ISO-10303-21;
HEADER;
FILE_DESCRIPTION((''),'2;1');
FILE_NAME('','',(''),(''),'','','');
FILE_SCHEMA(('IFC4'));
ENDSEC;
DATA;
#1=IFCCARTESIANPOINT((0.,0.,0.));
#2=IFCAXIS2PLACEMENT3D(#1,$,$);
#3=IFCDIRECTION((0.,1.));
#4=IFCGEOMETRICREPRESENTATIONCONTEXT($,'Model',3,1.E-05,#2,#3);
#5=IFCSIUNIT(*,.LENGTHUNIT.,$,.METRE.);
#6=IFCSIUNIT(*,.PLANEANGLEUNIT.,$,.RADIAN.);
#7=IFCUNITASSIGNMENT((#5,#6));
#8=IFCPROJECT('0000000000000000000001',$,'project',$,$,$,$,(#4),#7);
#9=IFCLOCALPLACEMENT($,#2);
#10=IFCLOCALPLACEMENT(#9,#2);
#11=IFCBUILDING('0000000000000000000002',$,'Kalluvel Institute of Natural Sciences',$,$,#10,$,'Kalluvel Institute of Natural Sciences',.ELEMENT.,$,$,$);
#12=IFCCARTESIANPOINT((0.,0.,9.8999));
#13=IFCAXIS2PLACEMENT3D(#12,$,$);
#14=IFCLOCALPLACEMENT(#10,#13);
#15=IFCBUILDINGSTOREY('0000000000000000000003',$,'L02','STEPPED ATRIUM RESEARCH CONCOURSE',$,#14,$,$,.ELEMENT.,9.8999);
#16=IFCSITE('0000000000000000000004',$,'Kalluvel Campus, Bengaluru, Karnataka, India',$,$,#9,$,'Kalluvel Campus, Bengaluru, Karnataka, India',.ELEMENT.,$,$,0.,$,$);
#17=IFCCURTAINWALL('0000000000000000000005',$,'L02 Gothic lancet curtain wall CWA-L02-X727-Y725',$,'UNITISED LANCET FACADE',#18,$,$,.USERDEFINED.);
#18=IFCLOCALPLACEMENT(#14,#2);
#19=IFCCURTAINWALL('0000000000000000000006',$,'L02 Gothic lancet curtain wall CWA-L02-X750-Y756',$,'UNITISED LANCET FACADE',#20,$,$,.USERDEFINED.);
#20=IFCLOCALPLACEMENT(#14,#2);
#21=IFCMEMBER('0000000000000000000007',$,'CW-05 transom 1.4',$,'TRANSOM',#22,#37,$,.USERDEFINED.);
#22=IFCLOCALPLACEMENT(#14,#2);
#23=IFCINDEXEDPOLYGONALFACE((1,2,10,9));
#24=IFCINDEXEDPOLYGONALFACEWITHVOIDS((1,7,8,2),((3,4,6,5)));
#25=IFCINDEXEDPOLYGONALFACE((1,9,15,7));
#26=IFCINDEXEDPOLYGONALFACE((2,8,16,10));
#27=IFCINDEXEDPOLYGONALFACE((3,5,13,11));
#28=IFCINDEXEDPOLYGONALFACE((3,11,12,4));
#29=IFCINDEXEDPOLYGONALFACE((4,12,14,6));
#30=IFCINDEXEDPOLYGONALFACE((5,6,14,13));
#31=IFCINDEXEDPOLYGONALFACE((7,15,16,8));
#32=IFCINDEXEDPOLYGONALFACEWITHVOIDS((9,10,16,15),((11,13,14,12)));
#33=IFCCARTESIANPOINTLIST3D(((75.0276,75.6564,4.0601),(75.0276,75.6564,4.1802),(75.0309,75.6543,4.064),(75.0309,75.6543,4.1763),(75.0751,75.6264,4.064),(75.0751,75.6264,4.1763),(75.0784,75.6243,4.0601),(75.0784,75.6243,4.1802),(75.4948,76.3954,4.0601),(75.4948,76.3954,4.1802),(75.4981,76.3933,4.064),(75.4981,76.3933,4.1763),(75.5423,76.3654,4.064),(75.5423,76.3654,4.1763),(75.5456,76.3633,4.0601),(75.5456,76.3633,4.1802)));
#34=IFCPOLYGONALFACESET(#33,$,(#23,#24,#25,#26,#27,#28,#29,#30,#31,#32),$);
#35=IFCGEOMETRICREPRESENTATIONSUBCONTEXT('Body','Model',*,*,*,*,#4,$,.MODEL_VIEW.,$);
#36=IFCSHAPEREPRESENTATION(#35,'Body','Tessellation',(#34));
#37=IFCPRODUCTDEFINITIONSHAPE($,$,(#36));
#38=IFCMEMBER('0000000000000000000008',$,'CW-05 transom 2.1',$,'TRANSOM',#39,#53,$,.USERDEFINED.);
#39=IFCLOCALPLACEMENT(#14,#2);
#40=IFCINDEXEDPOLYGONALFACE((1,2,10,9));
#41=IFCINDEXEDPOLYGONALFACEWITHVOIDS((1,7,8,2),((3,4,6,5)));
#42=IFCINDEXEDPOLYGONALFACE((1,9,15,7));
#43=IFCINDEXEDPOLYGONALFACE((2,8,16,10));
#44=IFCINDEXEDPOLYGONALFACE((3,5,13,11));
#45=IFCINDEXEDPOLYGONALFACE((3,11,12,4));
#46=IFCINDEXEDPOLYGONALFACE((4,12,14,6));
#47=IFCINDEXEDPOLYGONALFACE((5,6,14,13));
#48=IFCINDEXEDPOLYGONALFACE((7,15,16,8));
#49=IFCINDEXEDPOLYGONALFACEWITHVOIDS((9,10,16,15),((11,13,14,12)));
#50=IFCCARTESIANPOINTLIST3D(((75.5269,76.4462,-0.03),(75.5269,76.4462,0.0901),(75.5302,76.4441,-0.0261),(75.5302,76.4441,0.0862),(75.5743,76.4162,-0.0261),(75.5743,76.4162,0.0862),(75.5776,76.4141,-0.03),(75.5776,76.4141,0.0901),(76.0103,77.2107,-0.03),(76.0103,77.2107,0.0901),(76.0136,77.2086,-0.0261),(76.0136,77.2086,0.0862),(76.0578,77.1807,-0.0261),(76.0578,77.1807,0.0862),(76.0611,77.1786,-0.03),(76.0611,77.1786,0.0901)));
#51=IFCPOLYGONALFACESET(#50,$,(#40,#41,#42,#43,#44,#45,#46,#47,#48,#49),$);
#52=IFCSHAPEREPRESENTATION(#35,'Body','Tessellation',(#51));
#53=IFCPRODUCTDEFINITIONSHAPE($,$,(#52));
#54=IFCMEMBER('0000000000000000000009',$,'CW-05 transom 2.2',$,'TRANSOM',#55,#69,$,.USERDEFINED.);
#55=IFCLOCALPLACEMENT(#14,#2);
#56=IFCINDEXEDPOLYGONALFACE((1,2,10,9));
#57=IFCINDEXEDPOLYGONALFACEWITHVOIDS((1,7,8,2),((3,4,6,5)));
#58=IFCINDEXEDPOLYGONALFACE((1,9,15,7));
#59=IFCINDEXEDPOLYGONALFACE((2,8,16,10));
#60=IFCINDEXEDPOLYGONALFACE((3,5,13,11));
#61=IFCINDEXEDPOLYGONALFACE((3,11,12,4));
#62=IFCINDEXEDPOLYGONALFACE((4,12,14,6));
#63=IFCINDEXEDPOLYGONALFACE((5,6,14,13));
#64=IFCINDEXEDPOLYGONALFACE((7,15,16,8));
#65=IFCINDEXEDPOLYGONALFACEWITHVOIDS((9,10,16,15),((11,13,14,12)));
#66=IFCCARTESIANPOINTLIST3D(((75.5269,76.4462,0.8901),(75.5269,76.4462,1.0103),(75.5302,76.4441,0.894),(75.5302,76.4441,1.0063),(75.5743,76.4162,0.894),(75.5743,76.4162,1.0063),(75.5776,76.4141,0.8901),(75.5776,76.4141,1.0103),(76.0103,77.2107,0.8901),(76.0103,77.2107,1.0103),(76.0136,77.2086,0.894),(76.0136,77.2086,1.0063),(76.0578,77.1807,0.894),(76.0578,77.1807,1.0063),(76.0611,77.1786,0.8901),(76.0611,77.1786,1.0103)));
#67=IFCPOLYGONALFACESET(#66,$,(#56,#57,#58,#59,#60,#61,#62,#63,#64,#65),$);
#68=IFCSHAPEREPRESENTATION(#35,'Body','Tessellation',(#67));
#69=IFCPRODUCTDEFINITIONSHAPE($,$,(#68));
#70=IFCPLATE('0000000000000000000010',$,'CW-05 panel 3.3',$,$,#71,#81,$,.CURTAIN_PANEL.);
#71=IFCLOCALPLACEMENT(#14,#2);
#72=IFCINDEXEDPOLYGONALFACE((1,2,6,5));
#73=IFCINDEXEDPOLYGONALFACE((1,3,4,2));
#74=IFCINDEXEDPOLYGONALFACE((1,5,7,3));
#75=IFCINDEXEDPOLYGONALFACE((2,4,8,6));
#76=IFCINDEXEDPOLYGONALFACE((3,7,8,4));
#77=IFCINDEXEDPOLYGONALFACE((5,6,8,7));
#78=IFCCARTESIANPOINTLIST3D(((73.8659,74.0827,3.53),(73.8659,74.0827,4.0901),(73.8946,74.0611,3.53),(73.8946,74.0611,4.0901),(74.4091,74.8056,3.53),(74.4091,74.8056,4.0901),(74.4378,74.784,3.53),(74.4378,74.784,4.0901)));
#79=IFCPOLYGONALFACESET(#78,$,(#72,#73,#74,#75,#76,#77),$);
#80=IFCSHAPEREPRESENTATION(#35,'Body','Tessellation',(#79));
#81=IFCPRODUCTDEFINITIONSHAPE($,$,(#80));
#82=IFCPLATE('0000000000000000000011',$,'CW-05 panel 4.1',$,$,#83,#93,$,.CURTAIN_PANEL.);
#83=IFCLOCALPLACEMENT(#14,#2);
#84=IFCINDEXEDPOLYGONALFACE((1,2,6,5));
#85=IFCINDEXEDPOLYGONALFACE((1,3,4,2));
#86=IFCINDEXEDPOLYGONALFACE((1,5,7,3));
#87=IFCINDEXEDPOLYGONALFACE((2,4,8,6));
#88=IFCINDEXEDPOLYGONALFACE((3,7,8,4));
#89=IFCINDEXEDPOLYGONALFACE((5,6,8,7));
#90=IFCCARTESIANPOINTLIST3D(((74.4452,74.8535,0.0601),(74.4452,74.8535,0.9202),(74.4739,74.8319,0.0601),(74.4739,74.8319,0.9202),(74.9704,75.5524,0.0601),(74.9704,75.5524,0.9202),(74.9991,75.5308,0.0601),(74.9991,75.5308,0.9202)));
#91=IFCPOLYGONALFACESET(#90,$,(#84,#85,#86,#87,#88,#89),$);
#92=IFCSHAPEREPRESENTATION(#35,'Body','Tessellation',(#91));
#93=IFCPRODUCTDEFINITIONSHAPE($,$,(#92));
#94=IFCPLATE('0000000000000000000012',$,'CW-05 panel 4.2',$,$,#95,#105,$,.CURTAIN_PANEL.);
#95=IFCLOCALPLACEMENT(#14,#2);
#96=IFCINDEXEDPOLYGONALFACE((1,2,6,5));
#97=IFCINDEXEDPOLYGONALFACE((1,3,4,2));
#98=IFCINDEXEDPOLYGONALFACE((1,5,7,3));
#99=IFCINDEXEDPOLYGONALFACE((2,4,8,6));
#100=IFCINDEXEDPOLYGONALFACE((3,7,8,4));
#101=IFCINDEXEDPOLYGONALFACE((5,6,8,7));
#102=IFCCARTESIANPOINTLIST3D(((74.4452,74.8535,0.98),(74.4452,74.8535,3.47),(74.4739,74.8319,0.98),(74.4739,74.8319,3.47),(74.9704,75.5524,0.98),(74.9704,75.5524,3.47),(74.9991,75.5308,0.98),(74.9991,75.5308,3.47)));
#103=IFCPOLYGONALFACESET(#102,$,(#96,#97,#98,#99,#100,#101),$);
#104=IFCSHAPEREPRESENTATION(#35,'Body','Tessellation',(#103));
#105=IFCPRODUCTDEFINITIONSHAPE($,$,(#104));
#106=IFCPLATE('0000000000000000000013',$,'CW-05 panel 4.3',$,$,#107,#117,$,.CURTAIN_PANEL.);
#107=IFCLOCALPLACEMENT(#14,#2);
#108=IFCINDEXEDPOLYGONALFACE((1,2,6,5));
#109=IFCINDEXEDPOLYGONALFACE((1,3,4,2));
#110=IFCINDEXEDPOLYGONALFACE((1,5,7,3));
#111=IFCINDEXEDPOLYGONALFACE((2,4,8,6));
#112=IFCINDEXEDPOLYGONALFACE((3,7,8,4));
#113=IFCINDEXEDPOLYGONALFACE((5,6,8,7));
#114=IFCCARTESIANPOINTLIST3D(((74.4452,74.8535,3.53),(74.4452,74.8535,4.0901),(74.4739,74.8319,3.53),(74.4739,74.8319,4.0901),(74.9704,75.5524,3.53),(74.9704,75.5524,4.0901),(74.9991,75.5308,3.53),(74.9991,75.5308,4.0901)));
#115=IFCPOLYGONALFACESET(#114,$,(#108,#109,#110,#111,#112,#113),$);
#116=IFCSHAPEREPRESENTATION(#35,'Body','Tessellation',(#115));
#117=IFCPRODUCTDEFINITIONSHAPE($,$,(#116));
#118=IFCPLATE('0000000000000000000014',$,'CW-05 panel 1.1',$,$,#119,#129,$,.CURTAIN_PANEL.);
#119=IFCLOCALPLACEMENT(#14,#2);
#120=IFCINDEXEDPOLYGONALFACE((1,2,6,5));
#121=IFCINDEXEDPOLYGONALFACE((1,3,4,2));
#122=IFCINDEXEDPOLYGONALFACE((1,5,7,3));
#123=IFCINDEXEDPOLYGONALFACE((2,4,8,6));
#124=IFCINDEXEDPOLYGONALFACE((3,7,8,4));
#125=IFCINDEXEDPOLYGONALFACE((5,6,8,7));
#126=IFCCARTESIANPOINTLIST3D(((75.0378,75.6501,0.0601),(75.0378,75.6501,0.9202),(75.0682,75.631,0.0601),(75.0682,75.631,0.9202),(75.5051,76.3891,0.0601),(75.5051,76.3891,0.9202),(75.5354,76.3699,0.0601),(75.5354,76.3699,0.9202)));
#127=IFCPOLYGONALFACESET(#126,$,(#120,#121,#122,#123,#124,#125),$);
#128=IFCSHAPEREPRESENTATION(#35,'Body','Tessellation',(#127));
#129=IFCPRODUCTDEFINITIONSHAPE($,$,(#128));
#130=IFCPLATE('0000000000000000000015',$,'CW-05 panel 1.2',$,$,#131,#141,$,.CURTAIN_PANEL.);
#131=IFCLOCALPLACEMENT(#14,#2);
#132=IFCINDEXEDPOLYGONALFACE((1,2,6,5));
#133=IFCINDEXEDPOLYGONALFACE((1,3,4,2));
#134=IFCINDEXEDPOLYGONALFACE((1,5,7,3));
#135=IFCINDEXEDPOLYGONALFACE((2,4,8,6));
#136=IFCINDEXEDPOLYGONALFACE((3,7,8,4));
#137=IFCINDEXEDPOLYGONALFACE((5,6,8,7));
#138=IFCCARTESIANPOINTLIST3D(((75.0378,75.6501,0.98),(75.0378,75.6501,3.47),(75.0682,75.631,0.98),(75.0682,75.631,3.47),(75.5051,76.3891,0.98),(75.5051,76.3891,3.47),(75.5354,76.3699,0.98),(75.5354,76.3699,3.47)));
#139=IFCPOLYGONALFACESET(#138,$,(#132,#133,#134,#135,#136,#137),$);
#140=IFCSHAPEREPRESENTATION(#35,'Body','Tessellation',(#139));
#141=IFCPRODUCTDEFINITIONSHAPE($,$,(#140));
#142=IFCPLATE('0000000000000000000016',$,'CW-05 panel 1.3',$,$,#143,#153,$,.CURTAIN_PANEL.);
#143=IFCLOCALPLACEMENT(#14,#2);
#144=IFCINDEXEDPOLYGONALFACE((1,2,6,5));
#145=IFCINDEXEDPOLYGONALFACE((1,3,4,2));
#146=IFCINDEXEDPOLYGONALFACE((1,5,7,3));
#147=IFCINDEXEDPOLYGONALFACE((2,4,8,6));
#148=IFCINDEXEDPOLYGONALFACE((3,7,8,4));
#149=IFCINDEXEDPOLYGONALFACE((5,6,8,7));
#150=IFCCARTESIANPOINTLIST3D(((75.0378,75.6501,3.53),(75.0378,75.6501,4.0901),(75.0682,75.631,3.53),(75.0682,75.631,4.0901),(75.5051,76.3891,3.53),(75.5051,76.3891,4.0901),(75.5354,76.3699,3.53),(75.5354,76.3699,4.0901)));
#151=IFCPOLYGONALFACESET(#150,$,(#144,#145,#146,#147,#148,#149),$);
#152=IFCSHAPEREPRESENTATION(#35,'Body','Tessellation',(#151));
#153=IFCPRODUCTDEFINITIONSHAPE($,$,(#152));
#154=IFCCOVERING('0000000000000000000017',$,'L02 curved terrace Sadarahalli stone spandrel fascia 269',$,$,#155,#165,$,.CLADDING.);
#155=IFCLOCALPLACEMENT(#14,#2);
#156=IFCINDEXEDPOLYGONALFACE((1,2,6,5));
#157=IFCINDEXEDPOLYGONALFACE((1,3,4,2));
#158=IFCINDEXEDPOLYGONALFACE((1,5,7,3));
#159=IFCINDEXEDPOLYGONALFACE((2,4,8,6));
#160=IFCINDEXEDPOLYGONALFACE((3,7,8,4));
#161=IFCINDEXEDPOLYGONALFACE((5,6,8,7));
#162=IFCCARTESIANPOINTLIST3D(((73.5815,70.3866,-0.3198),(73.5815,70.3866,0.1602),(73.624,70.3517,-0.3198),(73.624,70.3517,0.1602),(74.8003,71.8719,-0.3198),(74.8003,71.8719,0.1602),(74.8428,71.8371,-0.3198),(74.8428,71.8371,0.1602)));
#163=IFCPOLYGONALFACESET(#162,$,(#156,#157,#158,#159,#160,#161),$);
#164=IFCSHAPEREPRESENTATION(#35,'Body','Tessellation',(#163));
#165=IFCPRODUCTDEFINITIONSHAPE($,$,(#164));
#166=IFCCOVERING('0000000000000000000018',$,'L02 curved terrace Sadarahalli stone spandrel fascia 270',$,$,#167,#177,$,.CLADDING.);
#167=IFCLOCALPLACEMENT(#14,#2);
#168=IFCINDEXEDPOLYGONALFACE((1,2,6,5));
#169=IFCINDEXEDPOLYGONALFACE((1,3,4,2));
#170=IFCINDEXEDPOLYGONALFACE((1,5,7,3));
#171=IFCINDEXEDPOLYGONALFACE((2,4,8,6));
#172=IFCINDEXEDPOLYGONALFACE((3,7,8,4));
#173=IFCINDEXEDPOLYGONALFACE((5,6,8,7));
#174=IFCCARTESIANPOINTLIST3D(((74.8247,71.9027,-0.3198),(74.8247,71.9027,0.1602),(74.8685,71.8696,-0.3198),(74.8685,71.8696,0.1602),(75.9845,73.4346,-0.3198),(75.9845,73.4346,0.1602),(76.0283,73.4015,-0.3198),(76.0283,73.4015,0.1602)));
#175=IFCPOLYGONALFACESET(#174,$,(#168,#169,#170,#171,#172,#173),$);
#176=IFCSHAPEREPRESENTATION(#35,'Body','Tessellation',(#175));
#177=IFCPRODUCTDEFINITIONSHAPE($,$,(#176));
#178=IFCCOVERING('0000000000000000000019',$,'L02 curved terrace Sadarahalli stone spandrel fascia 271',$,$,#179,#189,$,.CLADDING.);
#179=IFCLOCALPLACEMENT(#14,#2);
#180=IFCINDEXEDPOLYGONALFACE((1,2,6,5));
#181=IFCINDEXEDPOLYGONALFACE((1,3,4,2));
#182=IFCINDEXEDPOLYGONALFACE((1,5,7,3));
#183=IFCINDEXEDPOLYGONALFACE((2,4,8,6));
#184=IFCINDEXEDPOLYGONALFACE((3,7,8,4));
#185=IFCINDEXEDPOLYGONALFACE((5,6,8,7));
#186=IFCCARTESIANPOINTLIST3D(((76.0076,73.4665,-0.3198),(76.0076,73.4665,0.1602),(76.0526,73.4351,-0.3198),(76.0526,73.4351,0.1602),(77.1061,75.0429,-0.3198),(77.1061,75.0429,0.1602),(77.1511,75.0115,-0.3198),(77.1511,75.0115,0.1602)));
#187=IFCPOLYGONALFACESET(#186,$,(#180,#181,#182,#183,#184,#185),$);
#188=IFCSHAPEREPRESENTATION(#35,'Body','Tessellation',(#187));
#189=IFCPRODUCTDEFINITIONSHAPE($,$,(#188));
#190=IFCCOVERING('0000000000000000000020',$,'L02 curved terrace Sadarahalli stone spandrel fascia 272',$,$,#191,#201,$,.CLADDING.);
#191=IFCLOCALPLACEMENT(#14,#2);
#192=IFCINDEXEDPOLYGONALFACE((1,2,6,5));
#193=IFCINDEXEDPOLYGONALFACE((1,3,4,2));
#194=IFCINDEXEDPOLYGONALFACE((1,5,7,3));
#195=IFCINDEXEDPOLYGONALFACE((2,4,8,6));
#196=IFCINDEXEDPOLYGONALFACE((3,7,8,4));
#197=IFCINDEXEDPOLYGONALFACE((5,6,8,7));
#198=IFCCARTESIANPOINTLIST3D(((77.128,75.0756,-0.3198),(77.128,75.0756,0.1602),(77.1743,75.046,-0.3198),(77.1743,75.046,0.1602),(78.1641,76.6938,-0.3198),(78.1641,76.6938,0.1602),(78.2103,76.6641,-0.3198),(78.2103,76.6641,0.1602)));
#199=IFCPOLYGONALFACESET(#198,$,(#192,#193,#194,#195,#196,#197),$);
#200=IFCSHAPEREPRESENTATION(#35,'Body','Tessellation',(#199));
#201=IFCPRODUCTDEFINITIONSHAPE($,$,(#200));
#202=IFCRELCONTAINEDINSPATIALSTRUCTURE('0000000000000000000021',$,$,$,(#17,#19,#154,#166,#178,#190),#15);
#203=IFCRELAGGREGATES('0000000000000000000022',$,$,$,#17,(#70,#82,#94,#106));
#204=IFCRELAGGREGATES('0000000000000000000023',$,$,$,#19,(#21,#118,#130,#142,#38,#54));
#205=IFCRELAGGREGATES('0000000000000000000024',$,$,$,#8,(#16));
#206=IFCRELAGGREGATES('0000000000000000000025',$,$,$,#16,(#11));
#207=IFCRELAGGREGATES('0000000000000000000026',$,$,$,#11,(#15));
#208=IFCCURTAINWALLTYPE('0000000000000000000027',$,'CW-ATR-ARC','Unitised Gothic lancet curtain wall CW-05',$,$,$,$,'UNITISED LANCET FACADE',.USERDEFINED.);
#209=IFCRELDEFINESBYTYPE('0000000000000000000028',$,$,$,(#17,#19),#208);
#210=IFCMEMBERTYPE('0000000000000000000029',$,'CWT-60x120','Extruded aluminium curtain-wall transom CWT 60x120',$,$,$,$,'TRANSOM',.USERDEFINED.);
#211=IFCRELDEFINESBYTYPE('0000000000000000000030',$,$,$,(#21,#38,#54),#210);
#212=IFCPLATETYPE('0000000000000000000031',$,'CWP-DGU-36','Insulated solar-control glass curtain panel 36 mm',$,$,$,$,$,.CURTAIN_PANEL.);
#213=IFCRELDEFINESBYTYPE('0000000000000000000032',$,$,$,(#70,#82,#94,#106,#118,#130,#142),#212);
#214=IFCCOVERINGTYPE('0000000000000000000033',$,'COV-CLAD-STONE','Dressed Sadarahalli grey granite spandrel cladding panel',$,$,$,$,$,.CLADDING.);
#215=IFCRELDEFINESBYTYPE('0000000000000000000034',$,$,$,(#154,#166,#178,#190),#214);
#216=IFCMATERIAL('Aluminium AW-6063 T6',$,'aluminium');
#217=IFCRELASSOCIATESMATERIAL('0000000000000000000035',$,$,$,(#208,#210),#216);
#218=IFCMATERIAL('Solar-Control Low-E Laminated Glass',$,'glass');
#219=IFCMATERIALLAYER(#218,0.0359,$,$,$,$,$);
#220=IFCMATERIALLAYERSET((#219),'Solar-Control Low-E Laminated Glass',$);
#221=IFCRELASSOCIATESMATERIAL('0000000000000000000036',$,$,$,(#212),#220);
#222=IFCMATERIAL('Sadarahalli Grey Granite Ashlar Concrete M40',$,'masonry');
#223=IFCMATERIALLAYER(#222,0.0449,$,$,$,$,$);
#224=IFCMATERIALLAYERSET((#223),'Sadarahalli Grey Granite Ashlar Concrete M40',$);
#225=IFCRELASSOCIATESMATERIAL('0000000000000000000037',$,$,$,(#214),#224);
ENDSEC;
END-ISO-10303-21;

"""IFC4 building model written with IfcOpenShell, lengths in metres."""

from ifc_helpers import new_model, si_unit, direction, frame, origin, origin_2d, place, context, subcontext, project, spatial, rectangle, hollow_rectangle, extrude, material, layer, layer_set, material_profile, profile_set, type_object, element, aggregate, save


model = new_model("IFC4")

# Units and contexts
model_context = context("Model", 3, precision=1e-05, world=origin(), true_north=direction((0.0, 1.0)))
body_context = subcontext(model_context, "Body", "Model", "MODEL_VIEW")
ifc_project = project(units=[si_unit("LENGTHUNIT", "METRE"), si_unit("PLANEANGLEUNIT", "RADIAN")], contexts=[model_context])

# Site, building, storey
site_placement = place(None, origin())
site = spatial("IfcSite", under=ifc_project, at=site_placement, Name="Kalluvel Campus, Bengaluru, Karnataka, India", LongName="Kalluvel Campus, Bengaluru, Karnataka, India", CompositionType="ELEMENT", RefElevation=0.0)
building_placement = place(site_placement, origin())
building = spatial("IfcBuilding", under=site, at=building_placement, Name="Kalluvel Institute of Natural Sciences", LongName="Kalluvel Institute of Natural Sciences", CompositionType="ELEMENT")
storey_placement = place(building_placement, frame((0.0, 0.0, 9.8999)))
storey = spatial("IfcBuildingStorey", under=building, at=storey_placement, Name="L02", Description="STEPPED ATRIUM RESEARCH CONCOURSE", CompositionType="ELEMENT", Elevation=9.8999)

# Curtain walls
ifc_material_1 = material(Name="Aluminium AW-6063 T6", Category="aluminium")
curtain_wall_type = type_object("IfcCurtainWallType", Name="CW-ATR-ARC", Description="Unitised Gothic lancet curtain wall CW-05", ElementType="UNITISED LANCET FACADE", PredefinedType="USERDEFINED", material=ifc_material_1)
curtain_wall_1_placement = place(storey_placement, origin())
curtain_wall_1 = element("IfcCurtainWall", 1, at=curtain_wall_1_placement, inside=storey, type_object=curtain_wall_type, Name="L02 Gothic lancet curtain wall CWA-L02-X727-Y725", ObjectType="UNITISED LANCET FACADE", PredefinedType="USERDEFINED")
curtain_wall_2_placement = place(storey_placement, origin())
curtain_wall_2 = element("IfcCurtainWall", 2, at=curtain_wall_2_placement, inside=storey, type_object=curtain_wall_type, Name="L02 Gothic lancet curtain wall CWA-L02-X750-Y756", ObjectType="UNITISED LANCET FACADE", PredefinedType="USERDEFINED")

# Members
ifc_material_profile_1 = material_profile(ifc_material_1, hollow_rectangle(XDim=0.0601, YDim=0.1201, WallThickness=0.0039, at=origin_2d()), Name="CWT 60x120")
ifc_profile_set_1 = profile_set([ifc_material_profile_1], Name="Aluminium AW-6063 T6")
member_type_1 = type_object("IfcMemberType", Name="CWT-60x120", Description="Extruded aluminium curtain-wall transom CWT 60x120", ElementType="TRANSOM", PredefinedType="USERDEFINED", material=ifc_profile_set_1)
member_1_placement = place(storey_placement, frame((75.053, 75.6404, 4.1201), z_axis=(0.534434, 0.84521, 0.0), x_axis=(-0.84521, 0.534434, 0.0)))
member_1 = element("IfcMember", 3, at=member_1_placement, type_object=member_type_1, Name="CW-05 transom 1.4", ObjectType="TRANSOM", PredefinedType="USERDEFINED", context=body_context, shape_type="SweptSolid", body=[
    extrude(hollow_rectangle(XDim=0.0601, YDim=0.1201, WallThickness=0.0039, at=origin_2d()), origin(), (0.0, 0.0, 1.0), 0.8743),
])
member_2_placement = place(storey_placement, frame((75.5522, 76.4302, 0.03), z_axis=(0.53448, 0.845181, 0.0), x_axis=(-0.845181, 0.53448, 0.0)))
member_2 = element("IfcMember", 4, at=member_2_placement, type_object=member_type_1, Name="CW-05 transom 2.1", ObjectType="TRANSOM", PredefinedType="USERDEFINED", context=body_context, shape_type="SweptSolid", body=[
    extrude(hollow_rectangle(XDim=0.0601, YDim=0.1201, WallThickness=0.0039, at=origin_2d()), origin(), (0.0, 0.0, 1.0), 0.9045),
])
member_3_placement = place(storey_placement, frame((75.5522, 76.4302, 0.9502), z_axis=(0.53448, 0.845181, 0.0), x_axis=(-0.845181, 0.53448, 0.0)))
member_3 = element("IfcMember", 5, at=member_3_placement, type_object=member_type_1, Name="CW-05 transom 2.2", ObjectType="TRANSOM", PredefinedType="USERDEFINED", context=body_context, shape_type="SweptSolid", body=[
    extrude(hollow_rectangle(XDim=0.0601, YDim=0.1201, WallThickness=0.0039, at=origin_2d()), origin(), (0.0, 0.0, 1.0), 0.9045),
])

# Plates
ifc_material_2 = material(Name="Solar-Control Low-E Laminated Glass", Category="glass")
ifc_layer_1 = layer(ifc_material_2, 0.0359)
ifc_layer_set_1 = layer_set([ifc_layer_1], Name="Solar-Control Low-E Laminated Glass")
plate_type = type_object("IfcPlateType", Name="CWP-DGU-36", Description="Insulated solar-control glass curtain panel 36 mm", PredefinedType="CURTAIN_PANEL", material=ifc_layer_set_1)
plate_1_placement = place(storey_placement, frame((74.1519, 74.4333, 3.53), z_axis=(0.0, 0.0, 1.0), x_axis=(0.600738, 0.799446, 0.0)))
plate_1 = element("IfcPlate", 6, at=plate_1_placement, type_object=plate_type, Name="CW-05 panel 3.3", PredefinedType="CURTAIN_PANEL", context=body_context, shape_type="SweptSolid", body=[
    extrude(rectangle(XDim=0.9043, YDim=0.0359, at=origin_2d()), origin(), (0.0, 0.0, 1.0), 0.5601),
])
plate_2_placement = place(storey_placement, frame((74.7222, 75.1921, 0.0601), z_axis=(0.0, 0.0, 1.0), x_axis=(0.600738, 0.799446, 0.0)))
plate_2 = element("IfcPlate", 7, at=plate_2_placement, type_object=plate_type, Name="CW-05 panel 4.1", PredefinedType="CURTAIN_PANEL", context=body_context, shape_type="SweptSolid", body=[
    extrude(rectangle(XDim=0.8743, YDim=0.0359, at=origin_2d()), origin(), (0.0, 0.0, 1.0), 0.8601),
])
plate_3_placement = place(storey_placement, frame((74.7222, 75.1921, 0.98), z_axis=(0.0, 0.0, 1.0), x_axis=(0.600738, 0.799446, 0.0)))
plate_3 = element("IfcPlate", 8, at=plate_3_placement, type_object=plate_type, Name="CW-05 panel 4.2", PredefinedType="CURTAIN_PANEL", context=body_context, shape_type="SweptSolid", body=[
    extrude(rectangle(XDim=0.8743, YDim=0.0359, at=origin_2d()), origin(), (0.0, 0.0, 1.0), 2.49),
])
plate_4_placement = place(storey_placement, frame((74.7222, 75.1921, 3.53), z_axis=(0.0, 0.0, 1.0), x_axis=(0.600738, 0.799446, 0.0)))
plate_4 = element("IfcPlate", 9, at=plate_4_placement, type_object=plate_type, Name="CW-05 panel 4.3", PredefinedType="CURTAIN_PANEL", context=body_context, shape_type="SweptSolid", body=[
    extrude(rectangle(XDim=0.8743, YDim=0.0359, at=origin_2d()), origin(), (0.0, 0.0, 1.0), 0.5601),
])
aggregate(curtain_wall_1, [plate_1, plate_2, plate_3, plate_4])
plate_5_placement = place(storey_placement, frame((75.2866, 76.01, 0.0601), z_axis=(0.0, 0.0, 1.0), x_axis=(0.534468, 0.845189, 0.0)))
plate_5 = element("IfcPlate", 10, at=plate_5_placement, type_object=plate_type, Name="CW-05 panel 1.1", PredefinedType="CURTAIN_PANEL", context=body_context, shape_type="SweptSolid", body=[
    extrude(rectangle(XDim=0.8743, YDim=0.0359, at=origin_2d()), origin(), (0.0, 0.0, 1.0), 0.8601),
])
plate_6_placement = place(storey_placement, frame((75.2866, 76.01, 0.98), z_axis=(0.0, 0.0, 1.0), x_axis=(0.534468, 0.845189, 0.0)))
plate_6 = element("IfcPlate", 11, at=plate_6_placement, type_object=plate_type, Name="CW-05 panel 1.2", PredefinedType="CURTAIN_PANEL", context=body_context, shape_type="SweptSolid", body=[
    extrude(rectangle(XDim=0.8743, YDim=0.0359, at=origin_2d()), origin(), (0.0, 0.0, 1.0), 2.49),
])
plate_7_placement = place(storey_placement, frame((75.2866, 76.01, 3.53), z_axis=(0.0, 0.0, 1.0), x_axis=(0.534468, 0.845189, 0.0)))
plate_7 = element("IfcPlate", 12, at=plate_7_placement, type_object=plate_type, Name="CW-05 panel 1.3", PredefinedType="CURTAIN_PANEL", context=body_context, shape_type="SweptSolid", body=[
    extrude(rectangle(XDim=0.8743, YDim=0.0359, at=origin_2d()), origin(), (0.0, 0.0, 1.0), 0.5601),
])
aggregate(curtain_wall_2, [member_1, plate_5, plate_6, plate_7, member_2, member_3])

# Coverings
ifc_material_3 = material(Name="Sadarahalli Grey Granite Ashlar Concrete M40", Category="masonry")
ifc_layer_2 = layer(ifc_material_3, 0.0449)
ifc_layer_set_2 = layer_set([ifc_layer_2], Name="Sadarahalli Grey Granite Ashlar Concrete M40")
covering_type = type_object("IfcCoveringType", Name="COV-CLAD-STONE", Description="Dressed Sadarahalli grey granite spandrel cladding panel", PredefinedType="CLADDING", material=ifc_layer_set_2)
for number, where, z_axis, x_axis, name in (
    (13, (74.2122, 71.1118, -0.3198), (0.0, 0.0, 1.0), (0.634326, 0.773066, 0.0), "L02 curved terrace Sadarahalli stone spandrel fascia 269"),
    (14, (75.4265, 72.6521, -0.3198), (0.0, 0.0, 1.0), (0.603626, 0.797268, 0.0), "L02 curved terrace Sadarahalli stone spandrel fascia 270"),
    (15, (76.5793, 74.239, -0.3198), (0.0, 0.0, 1.0), (0.571716, 0.820451, 0.0), "L02 curved terrace Sadarahalli stone spandrel fascia 271"),
    (16, (77.6692, 75.8699, -0.3198), (0.0, 0.0, 1.0), (0.539212, 0.84217, 0.0), "L02 curved terrace Sadarahalli stone spandrel fascia 272"),
):
    element("IfcCovering", number, at=place(storey_placement, frame(where, z_axis=z_axis, x_axis=x_axis)), inside=storey, type_object=covering_type, Name=name, PredefinedType="CLADDING", context=body_context, shape_type="SweptSolid", body=[
        extrude(rectangle(XDim=1.9214, YDim=0.0549, at=origin_2d()), origin(), (0.0, 0.0, 1.0), 0.48),
    ])

save(model, "model.ifc")
